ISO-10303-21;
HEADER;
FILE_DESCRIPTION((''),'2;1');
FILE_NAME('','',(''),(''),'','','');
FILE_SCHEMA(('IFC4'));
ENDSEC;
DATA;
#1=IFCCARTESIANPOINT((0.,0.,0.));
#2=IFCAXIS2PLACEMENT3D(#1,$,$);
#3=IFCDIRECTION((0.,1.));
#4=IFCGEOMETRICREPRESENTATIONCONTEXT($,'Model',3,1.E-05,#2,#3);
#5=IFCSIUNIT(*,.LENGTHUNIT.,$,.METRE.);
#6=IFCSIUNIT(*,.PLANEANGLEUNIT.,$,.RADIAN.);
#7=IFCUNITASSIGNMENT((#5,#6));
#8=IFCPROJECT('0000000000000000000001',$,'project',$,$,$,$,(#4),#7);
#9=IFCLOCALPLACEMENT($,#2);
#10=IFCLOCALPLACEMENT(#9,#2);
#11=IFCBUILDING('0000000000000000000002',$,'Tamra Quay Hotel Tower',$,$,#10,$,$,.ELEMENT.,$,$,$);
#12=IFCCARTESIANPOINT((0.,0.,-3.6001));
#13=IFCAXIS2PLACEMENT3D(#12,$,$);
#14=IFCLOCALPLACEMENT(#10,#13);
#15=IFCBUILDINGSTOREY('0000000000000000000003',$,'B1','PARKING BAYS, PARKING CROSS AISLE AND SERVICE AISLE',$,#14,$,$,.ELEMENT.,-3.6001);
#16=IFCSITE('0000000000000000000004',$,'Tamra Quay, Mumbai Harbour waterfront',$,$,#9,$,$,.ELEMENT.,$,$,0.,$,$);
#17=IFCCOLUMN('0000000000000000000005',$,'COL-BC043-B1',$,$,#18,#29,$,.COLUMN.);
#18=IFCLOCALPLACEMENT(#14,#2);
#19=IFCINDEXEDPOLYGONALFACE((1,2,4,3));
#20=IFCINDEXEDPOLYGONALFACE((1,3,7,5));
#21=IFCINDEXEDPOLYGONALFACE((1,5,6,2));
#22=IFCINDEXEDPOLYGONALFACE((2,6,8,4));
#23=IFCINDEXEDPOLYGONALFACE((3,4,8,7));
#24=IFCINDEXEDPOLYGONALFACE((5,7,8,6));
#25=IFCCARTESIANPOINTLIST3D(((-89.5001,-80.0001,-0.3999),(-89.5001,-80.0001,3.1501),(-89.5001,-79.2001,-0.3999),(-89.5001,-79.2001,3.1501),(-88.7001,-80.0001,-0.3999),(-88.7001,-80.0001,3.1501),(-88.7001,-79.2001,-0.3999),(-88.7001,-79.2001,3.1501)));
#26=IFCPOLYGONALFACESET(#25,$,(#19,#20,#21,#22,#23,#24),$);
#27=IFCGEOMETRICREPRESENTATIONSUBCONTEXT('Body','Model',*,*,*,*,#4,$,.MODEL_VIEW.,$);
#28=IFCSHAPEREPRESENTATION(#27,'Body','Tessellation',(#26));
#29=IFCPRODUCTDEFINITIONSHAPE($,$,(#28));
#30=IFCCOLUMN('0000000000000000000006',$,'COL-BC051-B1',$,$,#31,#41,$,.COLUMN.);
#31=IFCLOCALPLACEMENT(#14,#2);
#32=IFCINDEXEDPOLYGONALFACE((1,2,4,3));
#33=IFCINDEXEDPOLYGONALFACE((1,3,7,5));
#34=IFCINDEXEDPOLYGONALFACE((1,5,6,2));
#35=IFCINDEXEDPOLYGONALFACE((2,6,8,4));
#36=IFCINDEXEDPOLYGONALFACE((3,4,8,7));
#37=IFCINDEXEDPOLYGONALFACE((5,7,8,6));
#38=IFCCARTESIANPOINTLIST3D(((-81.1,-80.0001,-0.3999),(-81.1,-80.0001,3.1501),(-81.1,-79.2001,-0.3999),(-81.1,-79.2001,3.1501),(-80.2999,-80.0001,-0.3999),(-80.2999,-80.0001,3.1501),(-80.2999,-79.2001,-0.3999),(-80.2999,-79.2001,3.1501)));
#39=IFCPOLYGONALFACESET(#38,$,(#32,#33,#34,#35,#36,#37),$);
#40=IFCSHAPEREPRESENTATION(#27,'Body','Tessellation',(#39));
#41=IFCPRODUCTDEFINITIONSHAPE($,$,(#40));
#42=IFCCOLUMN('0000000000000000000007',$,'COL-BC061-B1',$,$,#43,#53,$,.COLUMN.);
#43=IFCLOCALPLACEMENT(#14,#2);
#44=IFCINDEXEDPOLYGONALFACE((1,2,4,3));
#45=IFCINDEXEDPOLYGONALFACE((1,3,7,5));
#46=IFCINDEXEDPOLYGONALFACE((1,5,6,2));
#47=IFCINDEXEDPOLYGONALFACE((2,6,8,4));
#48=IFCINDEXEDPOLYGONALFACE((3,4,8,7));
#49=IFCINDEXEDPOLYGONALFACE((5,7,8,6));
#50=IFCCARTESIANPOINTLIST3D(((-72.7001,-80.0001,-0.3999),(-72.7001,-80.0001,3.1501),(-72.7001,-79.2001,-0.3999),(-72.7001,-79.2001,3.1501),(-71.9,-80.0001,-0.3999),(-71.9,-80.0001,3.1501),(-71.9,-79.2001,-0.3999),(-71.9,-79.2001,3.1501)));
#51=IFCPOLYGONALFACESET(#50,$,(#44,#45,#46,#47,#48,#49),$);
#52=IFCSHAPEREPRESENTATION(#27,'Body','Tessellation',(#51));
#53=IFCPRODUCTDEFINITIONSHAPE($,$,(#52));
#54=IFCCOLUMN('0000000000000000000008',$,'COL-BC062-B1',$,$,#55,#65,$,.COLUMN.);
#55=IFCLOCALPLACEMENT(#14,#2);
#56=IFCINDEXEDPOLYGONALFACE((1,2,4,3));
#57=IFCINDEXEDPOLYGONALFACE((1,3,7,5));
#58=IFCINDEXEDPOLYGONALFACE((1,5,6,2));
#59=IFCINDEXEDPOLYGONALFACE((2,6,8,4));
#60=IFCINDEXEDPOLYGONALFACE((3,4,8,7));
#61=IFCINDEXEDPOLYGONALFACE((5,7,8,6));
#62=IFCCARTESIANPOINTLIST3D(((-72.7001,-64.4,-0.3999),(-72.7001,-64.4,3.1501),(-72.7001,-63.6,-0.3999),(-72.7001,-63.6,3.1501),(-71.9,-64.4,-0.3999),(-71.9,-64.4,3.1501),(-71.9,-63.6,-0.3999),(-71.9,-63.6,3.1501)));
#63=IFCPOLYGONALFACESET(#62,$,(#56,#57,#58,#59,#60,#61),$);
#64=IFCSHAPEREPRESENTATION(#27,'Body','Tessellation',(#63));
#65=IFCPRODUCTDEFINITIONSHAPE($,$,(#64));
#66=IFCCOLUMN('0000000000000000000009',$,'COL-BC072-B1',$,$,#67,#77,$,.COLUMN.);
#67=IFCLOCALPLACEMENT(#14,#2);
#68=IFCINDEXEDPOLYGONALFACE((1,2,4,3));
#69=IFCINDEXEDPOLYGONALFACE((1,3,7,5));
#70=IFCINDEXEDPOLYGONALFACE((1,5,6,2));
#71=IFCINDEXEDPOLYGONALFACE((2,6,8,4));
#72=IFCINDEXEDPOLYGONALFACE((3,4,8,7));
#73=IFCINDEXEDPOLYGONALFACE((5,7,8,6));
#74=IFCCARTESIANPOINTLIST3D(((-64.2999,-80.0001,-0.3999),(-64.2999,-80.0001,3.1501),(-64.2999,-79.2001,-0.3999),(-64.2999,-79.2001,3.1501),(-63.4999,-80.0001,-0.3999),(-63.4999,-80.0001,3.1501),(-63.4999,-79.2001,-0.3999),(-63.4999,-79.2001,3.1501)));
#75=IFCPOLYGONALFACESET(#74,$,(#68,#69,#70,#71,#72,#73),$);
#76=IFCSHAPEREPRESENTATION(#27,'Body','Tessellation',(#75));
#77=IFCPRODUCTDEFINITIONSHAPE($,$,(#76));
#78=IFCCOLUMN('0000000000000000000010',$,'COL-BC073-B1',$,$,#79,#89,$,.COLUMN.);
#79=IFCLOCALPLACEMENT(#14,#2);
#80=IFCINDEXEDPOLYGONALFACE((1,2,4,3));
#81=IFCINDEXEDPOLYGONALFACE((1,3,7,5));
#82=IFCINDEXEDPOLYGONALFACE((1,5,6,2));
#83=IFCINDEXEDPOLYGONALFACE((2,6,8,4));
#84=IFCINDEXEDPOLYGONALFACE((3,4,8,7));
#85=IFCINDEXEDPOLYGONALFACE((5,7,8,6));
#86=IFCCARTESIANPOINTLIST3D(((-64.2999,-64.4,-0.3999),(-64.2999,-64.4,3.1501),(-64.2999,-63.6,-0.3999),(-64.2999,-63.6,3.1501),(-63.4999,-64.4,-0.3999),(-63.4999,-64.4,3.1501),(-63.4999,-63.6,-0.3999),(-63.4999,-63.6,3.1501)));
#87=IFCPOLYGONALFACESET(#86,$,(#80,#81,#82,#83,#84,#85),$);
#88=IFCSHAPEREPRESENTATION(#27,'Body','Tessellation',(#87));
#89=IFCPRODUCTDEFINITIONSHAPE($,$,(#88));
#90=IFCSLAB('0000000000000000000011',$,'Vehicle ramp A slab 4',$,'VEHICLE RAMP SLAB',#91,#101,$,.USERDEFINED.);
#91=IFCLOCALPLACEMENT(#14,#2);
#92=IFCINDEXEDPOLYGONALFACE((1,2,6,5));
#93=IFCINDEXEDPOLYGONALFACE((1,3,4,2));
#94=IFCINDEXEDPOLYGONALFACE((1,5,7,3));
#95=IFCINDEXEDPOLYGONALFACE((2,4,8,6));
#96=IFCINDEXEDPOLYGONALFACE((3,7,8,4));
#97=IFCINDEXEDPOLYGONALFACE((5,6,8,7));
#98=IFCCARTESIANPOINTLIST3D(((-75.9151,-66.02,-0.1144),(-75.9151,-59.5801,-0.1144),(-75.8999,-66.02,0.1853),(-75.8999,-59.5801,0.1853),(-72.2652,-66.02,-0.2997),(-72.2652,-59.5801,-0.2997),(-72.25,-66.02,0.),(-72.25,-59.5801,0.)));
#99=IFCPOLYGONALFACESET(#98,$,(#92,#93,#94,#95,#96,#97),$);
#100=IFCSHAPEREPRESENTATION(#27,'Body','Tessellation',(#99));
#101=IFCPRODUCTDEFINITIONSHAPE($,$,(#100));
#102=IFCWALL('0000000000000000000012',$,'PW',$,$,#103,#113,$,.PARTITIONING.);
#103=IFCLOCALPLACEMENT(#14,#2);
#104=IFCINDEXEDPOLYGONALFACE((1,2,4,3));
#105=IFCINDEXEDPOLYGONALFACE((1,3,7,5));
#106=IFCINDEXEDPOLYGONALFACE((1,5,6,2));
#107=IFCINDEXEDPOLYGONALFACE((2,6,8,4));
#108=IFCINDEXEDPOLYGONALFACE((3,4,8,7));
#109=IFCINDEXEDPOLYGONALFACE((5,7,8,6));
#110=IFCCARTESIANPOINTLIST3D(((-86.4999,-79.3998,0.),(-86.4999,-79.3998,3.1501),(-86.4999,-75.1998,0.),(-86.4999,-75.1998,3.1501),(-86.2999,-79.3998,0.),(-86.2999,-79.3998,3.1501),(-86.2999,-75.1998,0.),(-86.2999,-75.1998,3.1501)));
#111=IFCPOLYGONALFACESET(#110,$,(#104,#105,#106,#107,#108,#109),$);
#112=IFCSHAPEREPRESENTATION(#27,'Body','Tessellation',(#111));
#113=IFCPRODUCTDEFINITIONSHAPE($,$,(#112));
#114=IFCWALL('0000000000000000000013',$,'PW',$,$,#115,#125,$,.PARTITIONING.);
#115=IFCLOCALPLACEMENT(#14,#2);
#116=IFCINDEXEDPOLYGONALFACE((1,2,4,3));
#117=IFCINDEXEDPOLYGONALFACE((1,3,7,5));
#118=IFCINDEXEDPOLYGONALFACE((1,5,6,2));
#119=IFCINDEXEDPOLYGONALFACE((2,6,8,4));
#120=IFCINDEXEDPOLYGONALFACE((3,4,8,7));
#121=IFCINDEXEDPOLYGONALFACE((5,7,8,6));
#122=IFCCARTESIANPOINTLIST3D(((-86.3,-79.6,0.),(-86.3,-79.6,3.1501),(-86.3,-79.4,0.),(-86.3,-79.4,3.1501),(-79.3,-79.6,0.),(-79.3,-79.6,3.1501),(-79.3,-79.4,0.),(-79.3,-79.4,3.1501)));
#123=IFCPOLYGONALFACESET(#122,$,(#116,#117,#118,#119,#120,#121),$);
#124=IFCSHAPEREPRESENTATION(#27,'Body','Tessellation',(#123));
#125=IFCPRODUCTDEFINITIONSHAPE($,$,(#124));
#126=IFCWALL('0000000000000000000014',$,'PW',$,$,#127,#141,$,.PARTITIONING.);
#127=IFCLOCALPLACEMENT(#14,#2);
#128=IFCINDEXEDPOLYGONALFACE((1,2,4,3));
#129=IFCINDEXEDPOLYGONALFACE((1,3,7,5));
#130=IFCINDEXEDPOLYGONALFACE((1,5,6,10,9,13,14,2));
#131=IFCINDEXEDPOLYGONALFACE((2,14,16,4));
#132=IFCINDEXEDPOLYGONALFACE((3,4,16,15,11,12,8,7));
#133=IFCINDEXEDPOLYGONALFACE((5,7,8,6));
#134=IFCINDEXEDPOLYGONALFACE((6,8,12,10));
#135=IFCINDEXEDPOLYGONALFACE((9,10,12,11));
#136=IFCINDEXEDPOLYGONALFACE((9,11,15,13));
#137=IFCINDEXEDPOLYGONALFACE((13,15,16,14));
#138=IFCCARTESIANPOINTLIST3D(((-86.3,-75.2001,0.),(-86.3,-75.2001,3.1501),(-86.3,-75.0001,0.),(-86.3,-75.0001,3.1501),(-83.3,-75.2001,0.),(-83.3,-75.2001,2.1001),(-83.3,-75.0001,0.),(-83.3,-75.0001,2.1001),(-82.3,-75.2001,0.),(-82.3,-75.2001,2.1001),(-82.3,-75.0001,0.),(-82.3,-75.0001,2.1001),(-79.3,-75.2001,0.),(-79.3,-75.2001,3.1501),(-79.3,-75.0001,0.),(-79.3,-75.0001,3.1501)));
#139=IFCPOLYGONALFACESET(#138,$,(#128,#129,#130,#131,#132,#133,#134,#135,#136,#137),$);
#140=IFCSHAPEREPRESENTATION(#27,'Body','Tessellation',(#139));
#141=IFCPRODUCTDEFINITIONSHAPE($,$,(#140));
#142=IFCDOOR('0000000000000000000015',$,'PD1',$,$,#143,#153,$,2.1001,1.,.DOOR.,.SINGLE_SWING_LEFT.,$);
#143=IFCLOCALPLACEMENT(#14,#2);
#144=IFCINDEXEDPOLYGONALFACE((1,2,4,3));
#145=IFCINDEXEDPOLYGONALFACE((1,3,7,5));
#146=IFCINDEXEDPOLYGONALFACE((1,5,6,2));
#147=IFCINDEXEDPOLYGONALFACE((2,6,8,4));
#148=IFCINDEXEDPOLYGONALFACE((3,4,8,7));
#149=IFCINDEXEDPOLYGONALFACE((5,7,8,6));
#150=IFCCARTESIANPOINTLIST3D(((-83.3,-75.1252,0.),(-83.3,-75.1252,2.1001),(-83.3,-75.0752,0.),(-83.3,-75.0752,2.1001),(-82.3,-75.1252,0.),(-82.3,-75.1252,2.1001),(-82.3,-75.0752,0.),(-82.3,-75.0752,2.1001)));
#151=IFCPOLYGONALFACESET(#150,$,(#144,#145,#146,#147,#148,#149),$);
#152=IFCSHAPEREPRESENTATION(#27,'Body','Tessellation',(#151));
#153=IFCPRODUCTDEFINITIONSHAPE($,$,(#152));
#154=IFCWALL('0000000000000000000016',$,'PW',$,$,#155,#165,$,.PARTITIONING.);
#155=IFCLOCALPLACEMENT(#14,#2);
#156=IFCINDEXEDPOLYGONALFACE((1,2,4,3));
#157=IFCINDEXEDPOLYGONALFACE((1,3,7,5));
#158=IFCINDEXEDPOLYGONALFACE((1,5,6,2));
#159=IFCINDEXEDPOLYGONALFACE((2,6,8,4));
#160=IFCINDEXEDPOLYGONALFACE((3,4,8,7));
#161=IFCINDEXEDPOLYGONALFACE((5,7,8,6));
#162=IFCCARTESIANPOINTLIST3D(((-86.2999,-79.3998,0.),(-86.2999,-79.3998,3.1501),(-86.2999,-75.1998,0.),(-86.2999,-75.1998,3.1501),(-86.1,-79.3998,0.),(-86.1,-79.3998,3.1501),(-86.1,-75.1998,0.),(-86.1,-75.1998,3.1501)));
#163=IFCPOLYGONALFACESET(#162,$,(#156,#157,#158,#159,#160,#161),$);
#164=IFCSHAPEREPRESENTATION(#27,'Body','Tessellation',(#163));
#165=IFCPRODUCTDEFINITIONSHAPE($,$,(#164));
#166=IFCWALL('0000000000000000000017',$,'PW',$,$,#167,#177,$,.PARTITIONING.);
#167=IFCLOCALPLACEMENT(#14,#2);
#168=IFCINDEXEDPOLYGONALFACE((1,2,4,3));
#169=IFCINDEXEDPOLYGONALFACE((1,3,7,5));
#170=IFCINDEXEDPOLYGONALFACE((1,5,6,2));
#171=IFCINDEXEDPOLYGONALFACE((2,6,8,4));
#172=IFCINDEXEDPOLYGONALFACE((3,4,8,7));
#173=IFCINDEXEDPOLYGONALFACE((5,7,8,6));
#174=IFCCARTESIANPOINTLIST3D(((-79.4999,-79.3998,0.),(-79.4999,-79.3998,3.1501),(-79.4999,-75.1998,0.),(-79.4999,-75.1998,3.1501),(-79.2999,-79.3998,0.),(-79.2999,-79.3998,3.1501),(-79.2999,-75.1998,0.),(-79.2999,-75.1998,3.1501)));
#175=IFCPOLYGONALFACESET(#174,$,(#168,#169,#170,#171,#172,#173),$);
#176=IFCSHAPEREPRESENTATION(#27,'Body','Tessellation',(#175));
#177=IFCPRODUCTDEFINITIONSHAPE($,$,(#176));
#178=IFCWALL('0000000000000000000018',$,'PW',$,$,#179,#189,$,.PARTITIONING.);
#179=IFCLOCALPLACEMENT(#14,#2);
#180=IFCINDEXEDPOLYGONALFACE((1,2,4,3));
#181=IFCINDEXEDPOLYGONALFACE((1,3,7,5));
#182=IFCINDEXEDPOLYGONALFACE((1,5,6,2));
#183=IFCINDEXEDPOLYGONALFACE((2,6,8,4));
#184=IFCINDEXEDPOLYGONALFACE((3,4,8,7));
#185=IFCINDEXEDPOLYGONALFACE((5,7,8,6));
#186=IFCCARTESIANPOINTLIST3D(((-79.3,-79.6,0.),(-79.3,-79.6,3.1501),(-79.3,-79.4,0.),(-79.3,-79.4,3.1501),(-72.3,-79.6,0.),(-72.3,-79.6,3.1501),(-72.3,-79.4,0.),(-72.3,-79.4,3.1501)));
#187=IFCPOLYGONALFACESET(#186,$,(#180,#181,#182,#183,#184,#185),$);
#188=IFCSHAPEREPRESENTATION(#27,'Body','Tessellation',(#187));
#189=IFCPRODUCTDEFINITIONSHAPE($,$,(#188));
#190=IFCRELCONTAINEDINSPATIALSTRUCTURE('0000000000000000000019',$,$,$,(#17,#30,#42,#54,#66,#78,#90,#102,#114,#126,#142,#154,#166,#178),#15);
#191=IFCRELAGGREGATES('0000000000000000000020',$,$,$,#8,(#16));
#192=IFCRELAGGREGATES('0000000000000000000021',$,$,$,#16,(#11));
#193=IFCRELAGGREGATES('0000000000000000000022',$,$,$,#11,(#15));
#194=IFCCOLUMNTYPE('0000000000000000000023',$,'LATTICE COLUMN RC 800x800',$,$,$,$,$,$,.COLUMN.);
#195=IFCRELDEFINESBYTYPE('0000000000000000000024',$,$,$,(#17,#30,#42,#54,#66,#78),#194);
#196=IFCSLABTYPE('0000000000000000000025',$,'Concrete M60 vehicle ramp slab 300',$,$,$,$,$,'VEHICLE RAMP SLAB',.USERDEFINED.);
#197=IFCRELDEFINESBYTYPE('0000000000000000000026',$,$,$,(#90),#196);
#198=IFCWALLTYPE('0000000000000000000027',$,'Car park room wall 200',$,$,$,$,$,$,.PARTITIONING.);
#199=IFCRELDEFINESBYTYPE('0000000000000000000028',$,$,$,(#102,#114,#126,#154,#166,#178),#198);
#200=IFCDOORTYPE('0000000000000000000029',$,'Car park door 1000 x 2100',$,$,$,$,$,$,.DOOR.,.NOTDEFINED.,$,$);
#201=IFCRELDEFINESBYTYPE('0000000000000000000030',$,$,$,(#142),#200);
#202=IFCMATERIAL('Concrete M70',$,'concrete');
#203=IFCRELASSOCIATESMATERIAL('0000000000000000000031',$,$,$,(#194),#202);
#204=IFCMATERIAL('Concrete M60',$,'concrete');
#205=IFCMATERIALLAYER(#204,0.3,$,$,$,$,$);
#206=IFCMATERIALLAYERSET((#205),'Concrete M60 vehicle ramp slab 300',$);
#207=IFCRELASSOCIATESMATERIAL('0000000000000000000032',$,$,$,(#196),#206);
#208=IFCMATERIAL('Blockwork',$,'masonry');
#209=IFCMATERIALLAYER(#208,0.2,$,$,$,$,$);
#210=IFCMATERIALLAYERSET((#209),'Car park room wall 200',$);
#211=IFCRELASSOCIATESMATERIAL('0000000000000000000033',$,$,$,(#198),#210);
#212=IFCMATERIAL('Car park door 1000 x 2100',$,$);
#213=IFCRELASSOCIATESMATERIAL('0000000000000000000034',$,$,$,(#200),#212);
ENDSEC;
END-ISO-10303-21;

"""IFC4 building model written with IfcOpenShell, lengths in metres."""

from ifc_helpers import new_model, si_unit, direction, frame, frame_2d, origin, origin_2d, place, context, subcontext, project, spatial, polyline, rectangle, outline, extrude, material, layer, layer_set, material_profile, profile_set, type_object, element, fill, save


model = new_model("IFC4")

# Units and contexts
model_context = context("Model", 3, precision=1e-05, world=origin(), true_north=direction((0.0, 1.0)))
body_context = subcontext(model_context, "Body", "Model", "MODEL_VIEW")
ifc_project = project(units=[si_unit("LENGTHUNIT", "METRE"), si_unit("PLANEANGLEUNIT", "RADIAN")], contexts=[model_context])

# Site, building, storey
site_placement = place(None, origin())
site = spatial("IfcSite", under=ifc_project, at=site_placement, Name="Tamra Quay, Mumbai Harbour waterfront", CompositionType="ELEMENT", RefElevation=0.0)
building_placement = place(site_placement, origin())
building = spatial("IfcBuilding", under=site, at=building_placement, Name="Tamra Quay Hotel Tower", CompositionType="ELEMENT")
storey_placement = place(building_placement, frame((0.0, 0.0, -3.6001)))
storey = spatial("IfcBuildingStorey", under=building, at=storey_placement, Name="B1", Description="PARKING BAYS, PARKING CROSS AISLE AND SERVICE AISLE", CompositionType="ELEMENT", Elevation=-3.6001)

# Columns
ifc_material_1 = material(Name="Concrete M70", Category="concrete")
ifc_material_profile = material_profile(ifc_material_1, rectangle(XDim=0.8, YDim=0.8, at=origin_2d()), Name="LATTICE COLUMN RC 800x800")
ifc_profile_set = profile_set([ifc_material_profile], Name="Concrete M70")
column_type = type_object("IfcColumnType", Name="LATTICE COLUMN RC 800x800", PredefinedType="COLUMN", material=ifc_profile_set)
for number, where, z_axis, x_axis, name in (
    (1, (-89.1001, -79.6001, -0.3999), (0.0, 0.0, 1.0), (1.0, 0.0, 0.0), "COL-BC043-B1"),
    (2, (-80.7, -79.6001, -0.3999), (0.0, 0.0, 1.0), (1.0, 0.0, 0.0), "COL-BC051-B1"),
    (3, (-72.3, -79.6001, -0.3999), (0.0, 0.0, 1.0), (1.0, 0.0, 0.0), "COL-BC061-B1"),
    (4, (-72.3, -64.0, -0.3999), (0.0, 0.0, 1.0), (1.0, 0.0, 0.0), "COL-BC062-B1"),
    (5, (-63.8999, -79.6001, -0.3999), (0.0, 0.0, 1.0), (1.0, 0.0, 0.0), "COL-BC072-B1"),
    (6, (-63.8999, -64.0, -0.3999), (0.0, 0.0, 1.0), (1.0, 0.0, 0.0), "COL-BC073-B1"),
):
    element("IfcColumn", number, at=place(storey_placement, frame(where, z_axis=z_axis, x_axis=x_axis)), inside=storey, type_object=column_type, Name=name, PredefinedType="COLUMN", context=body_context, shape_type="SweptSolid", body=[
        extrude(rectangle(XDim=0.8, YDim=0.8, at=origin_2d()), origin(), (0.0, 0.0, 1.0), 3.55),
    ])

# Slab
ifc_material_2 = material(Name="Concrete M60", Category="concrete")
ifc_layer_1 = layer(ifc_material_2, 0.3)
ifc_layer_set_1 = layer_set([ifc_layer_1], Name="Concrete M60 vehicle ramp slab 300")
slab_type = type_object("IfcSlabType", Name="Concrete M60 vehicle ramp slab 300", ElementType="VEHICLE RAMP SLAB", PredefinedType="USERDEFINED", material=ifc_layer_set_1)
slab_placement = place(storey_placement, frame((-75.8999, -66.02, 0.1853), z_axis=(0.050704, 0.0, 0.998714), x_axis=(0.998714, 0.0, -0.050704)))
element("IfcSlab", 7, at=slab_placement, inside=storey, type_object=slab_type, Name="Vehicle ramp A slab 4", ObjectType="VEHICLE RAMP SLAB", PredefinedType="USERDEFINED", context=body_context, shape_type="SweptSolid", body=[
    extrude(outline(polyline([(0.0, 0.0), (3.6546, 0.0), (3.6546, 6.4399), (0.0, 6.4399), (0.0, 0.0)])), origin(), (0.0, 0.0, -1.0), 0.3),
])

# Walls
ifc_material_3 = material(Name="Blockwork", Category="masonry")
ifc_layer_2 = layer(ifc_material_3, 0.2)
ifc_layer_set_2 = layer_set([ifc_layer_2], Name="Car park room wall 200")
wall_type_1 = type_object("IfcWallType", Name="Car park room wall 200", PredefinedType="PARTITIONING", material=ifc_layer_set_2)
wall_1_placement = place(storey_placement, frame((-86.3999, -79.3999, 0.0), z_axis=(0.0, 0.0, 1.0), x_axis=(0.0, 1.0, 0.0)))
element("IfcWall", 8, at=wall_1_placement, inside=storey, type_object=wall_type_1, Name="PW", PredefinedType="PARTITIONING", context=body_context, shape_type="SweptSolid", body=[
    extrude(rectangle(XDim=4.2, YDim=0.2, at=frame_2d((2.1001, 0.0))), origin(), (0.0, 0.0, 1.0), 3.1501),
])
wall_2_placement = place(storey_placement, frame((-86.3, -79.5, 0.0), z_axis=(0.0, 0.0, 1.0), x_axis=(1.0, 0.0, 0.0)))
element("IfcWall", 9, at=wall_2_placement, inside=storey, type_object=wall_type_1, Name="PW", PredefinedType="PARTITIONING", context=body_context, shape_type="SweptSolid", body=[
    extrude(rectangle(XDim=7.0, YDim=0.2, at=frame_2d((3.5, 0.0))), origin(), (0.0, 0.0, 1.0), 3.1501),
])

# Wall, opening, door
wall_3_placement = place(storey_placement, frame((-86.3, -75.1001, 0.0), z_axis=(0.0, 0.0, 1.0), x_axis=(1.0, 0.0, 0.0)))
wall_3 = element("IfcWall", 10, at=wall_3_placement, inside=storey, type_object=wall_type_1, Name="PW", PredefinedType="PARTITIONING", context=body_context, shape_type="SweptSolid", body=[
    extrude(rectangle(XDim=7.0, YDim=0.2, at=frame_2d((3.5, 0.0))), origin(), (0.0, 0.0, 1.0), 3.1501),
])
opening_1_placement = place(wall_3_placement, frame((3.0, 0.0, 0.0)))
opening_1 = element("IfcOpeningElement", 11, at=opening_1_placement, cuts=wall_3, PredefinedType="OPENING", context=body_context, shape_type="SweptSolid", body=[
    extrude(rectangle(XDim=1.0, YDim=2.1001, at=frame_2d((0.5, 1.05))), frame((0.0, 0.1099, 0.0), z_axis=(0.0, -1.0, 0.0), x_axis=(1.0, 0.0, 0.0)), (0.0, 0.0, 1.0), 0.22),
])
ifc_material_4 = material(Name="Car park door 1000 x 2100")
door_type = type_object("IfcDoorType", Name="Car park door 1000 x 2100", OperationType="NOTDEFINED", PredefinedType="DOOR", material=ifc_material_4)
door_1_placement = place(opening_1_placement, origin())
door_1 = element("IfcDoor", 12, at=door_1_placement, inside=storey, type_object=door_type, Name="PD1", OperationType="SINGLE_SWING_LEFT", OverallHeight=2.1001, OverallWidth=1.0, PredefinedType="DOOR", context=body_context, shape_type="SweptSolid", body=[
    extrude(rectangle(XDim=1.0, YDim=2.1001, at=frame_2d((0.5, 1.05))), frame((0.0, 0.0249, 0.0), z_axis=(0.0, -1.0, 0.0), x_axis=(1.0, 0.0, 0.0)), (0.0, 0.0, 1.0), 0.05),
])
fill(opening_1, door_1)

# Walls
for number, where, z_axis, x_axis, name in (
    (13, (-86.2, -79.3999, 0.0), (0.0, 0.0, 1.0), (0.0, 1.0, 0.0), "PW"),
    (14, (-79.3999, -79.3999, 0.0), (0.0, 0.0, 1.0), (0.0, 1.0, 0.0), "PW"),
):
    element("IfcWall", number, at=place(storey_placement, frame(where, z_axis=z_axis, x_axis=x_axis)), inside=storey, type_object=wall_type_1, Name=name, PredefinedType="PARTITIONING", context=body_context, shape_type="SweptSolid", body=[
        extrude(rectangle(XDim=4.2, YDim=0.2, at=frame_2d((2.1001, 0.0))), origin(), (0.0, 0.0, 1.0), 3.1501),
    ])
wall_4_placement = place(storey_placement, frame((-79.3, -79.5, 0.0), z_axis=(0.0, 0.0, 1.0), x_axis=(1.0, 0.0, 0.0)))
element("IfcWall", 15, at=wall_4_placement, inside=storey, type_object=wall_type_1, Name="PW", PredefinedType="PARTITIONING", context=body_context, shape_type="SweptSolid", body=[
    extrude(rectangle(XDim=7.0, YDim=0.2, at=frame_2d((3.5, 0.0))), origin(), (0.0, 0.0, 1.0), 3.1501),
])

save(model, "model.ifc")
